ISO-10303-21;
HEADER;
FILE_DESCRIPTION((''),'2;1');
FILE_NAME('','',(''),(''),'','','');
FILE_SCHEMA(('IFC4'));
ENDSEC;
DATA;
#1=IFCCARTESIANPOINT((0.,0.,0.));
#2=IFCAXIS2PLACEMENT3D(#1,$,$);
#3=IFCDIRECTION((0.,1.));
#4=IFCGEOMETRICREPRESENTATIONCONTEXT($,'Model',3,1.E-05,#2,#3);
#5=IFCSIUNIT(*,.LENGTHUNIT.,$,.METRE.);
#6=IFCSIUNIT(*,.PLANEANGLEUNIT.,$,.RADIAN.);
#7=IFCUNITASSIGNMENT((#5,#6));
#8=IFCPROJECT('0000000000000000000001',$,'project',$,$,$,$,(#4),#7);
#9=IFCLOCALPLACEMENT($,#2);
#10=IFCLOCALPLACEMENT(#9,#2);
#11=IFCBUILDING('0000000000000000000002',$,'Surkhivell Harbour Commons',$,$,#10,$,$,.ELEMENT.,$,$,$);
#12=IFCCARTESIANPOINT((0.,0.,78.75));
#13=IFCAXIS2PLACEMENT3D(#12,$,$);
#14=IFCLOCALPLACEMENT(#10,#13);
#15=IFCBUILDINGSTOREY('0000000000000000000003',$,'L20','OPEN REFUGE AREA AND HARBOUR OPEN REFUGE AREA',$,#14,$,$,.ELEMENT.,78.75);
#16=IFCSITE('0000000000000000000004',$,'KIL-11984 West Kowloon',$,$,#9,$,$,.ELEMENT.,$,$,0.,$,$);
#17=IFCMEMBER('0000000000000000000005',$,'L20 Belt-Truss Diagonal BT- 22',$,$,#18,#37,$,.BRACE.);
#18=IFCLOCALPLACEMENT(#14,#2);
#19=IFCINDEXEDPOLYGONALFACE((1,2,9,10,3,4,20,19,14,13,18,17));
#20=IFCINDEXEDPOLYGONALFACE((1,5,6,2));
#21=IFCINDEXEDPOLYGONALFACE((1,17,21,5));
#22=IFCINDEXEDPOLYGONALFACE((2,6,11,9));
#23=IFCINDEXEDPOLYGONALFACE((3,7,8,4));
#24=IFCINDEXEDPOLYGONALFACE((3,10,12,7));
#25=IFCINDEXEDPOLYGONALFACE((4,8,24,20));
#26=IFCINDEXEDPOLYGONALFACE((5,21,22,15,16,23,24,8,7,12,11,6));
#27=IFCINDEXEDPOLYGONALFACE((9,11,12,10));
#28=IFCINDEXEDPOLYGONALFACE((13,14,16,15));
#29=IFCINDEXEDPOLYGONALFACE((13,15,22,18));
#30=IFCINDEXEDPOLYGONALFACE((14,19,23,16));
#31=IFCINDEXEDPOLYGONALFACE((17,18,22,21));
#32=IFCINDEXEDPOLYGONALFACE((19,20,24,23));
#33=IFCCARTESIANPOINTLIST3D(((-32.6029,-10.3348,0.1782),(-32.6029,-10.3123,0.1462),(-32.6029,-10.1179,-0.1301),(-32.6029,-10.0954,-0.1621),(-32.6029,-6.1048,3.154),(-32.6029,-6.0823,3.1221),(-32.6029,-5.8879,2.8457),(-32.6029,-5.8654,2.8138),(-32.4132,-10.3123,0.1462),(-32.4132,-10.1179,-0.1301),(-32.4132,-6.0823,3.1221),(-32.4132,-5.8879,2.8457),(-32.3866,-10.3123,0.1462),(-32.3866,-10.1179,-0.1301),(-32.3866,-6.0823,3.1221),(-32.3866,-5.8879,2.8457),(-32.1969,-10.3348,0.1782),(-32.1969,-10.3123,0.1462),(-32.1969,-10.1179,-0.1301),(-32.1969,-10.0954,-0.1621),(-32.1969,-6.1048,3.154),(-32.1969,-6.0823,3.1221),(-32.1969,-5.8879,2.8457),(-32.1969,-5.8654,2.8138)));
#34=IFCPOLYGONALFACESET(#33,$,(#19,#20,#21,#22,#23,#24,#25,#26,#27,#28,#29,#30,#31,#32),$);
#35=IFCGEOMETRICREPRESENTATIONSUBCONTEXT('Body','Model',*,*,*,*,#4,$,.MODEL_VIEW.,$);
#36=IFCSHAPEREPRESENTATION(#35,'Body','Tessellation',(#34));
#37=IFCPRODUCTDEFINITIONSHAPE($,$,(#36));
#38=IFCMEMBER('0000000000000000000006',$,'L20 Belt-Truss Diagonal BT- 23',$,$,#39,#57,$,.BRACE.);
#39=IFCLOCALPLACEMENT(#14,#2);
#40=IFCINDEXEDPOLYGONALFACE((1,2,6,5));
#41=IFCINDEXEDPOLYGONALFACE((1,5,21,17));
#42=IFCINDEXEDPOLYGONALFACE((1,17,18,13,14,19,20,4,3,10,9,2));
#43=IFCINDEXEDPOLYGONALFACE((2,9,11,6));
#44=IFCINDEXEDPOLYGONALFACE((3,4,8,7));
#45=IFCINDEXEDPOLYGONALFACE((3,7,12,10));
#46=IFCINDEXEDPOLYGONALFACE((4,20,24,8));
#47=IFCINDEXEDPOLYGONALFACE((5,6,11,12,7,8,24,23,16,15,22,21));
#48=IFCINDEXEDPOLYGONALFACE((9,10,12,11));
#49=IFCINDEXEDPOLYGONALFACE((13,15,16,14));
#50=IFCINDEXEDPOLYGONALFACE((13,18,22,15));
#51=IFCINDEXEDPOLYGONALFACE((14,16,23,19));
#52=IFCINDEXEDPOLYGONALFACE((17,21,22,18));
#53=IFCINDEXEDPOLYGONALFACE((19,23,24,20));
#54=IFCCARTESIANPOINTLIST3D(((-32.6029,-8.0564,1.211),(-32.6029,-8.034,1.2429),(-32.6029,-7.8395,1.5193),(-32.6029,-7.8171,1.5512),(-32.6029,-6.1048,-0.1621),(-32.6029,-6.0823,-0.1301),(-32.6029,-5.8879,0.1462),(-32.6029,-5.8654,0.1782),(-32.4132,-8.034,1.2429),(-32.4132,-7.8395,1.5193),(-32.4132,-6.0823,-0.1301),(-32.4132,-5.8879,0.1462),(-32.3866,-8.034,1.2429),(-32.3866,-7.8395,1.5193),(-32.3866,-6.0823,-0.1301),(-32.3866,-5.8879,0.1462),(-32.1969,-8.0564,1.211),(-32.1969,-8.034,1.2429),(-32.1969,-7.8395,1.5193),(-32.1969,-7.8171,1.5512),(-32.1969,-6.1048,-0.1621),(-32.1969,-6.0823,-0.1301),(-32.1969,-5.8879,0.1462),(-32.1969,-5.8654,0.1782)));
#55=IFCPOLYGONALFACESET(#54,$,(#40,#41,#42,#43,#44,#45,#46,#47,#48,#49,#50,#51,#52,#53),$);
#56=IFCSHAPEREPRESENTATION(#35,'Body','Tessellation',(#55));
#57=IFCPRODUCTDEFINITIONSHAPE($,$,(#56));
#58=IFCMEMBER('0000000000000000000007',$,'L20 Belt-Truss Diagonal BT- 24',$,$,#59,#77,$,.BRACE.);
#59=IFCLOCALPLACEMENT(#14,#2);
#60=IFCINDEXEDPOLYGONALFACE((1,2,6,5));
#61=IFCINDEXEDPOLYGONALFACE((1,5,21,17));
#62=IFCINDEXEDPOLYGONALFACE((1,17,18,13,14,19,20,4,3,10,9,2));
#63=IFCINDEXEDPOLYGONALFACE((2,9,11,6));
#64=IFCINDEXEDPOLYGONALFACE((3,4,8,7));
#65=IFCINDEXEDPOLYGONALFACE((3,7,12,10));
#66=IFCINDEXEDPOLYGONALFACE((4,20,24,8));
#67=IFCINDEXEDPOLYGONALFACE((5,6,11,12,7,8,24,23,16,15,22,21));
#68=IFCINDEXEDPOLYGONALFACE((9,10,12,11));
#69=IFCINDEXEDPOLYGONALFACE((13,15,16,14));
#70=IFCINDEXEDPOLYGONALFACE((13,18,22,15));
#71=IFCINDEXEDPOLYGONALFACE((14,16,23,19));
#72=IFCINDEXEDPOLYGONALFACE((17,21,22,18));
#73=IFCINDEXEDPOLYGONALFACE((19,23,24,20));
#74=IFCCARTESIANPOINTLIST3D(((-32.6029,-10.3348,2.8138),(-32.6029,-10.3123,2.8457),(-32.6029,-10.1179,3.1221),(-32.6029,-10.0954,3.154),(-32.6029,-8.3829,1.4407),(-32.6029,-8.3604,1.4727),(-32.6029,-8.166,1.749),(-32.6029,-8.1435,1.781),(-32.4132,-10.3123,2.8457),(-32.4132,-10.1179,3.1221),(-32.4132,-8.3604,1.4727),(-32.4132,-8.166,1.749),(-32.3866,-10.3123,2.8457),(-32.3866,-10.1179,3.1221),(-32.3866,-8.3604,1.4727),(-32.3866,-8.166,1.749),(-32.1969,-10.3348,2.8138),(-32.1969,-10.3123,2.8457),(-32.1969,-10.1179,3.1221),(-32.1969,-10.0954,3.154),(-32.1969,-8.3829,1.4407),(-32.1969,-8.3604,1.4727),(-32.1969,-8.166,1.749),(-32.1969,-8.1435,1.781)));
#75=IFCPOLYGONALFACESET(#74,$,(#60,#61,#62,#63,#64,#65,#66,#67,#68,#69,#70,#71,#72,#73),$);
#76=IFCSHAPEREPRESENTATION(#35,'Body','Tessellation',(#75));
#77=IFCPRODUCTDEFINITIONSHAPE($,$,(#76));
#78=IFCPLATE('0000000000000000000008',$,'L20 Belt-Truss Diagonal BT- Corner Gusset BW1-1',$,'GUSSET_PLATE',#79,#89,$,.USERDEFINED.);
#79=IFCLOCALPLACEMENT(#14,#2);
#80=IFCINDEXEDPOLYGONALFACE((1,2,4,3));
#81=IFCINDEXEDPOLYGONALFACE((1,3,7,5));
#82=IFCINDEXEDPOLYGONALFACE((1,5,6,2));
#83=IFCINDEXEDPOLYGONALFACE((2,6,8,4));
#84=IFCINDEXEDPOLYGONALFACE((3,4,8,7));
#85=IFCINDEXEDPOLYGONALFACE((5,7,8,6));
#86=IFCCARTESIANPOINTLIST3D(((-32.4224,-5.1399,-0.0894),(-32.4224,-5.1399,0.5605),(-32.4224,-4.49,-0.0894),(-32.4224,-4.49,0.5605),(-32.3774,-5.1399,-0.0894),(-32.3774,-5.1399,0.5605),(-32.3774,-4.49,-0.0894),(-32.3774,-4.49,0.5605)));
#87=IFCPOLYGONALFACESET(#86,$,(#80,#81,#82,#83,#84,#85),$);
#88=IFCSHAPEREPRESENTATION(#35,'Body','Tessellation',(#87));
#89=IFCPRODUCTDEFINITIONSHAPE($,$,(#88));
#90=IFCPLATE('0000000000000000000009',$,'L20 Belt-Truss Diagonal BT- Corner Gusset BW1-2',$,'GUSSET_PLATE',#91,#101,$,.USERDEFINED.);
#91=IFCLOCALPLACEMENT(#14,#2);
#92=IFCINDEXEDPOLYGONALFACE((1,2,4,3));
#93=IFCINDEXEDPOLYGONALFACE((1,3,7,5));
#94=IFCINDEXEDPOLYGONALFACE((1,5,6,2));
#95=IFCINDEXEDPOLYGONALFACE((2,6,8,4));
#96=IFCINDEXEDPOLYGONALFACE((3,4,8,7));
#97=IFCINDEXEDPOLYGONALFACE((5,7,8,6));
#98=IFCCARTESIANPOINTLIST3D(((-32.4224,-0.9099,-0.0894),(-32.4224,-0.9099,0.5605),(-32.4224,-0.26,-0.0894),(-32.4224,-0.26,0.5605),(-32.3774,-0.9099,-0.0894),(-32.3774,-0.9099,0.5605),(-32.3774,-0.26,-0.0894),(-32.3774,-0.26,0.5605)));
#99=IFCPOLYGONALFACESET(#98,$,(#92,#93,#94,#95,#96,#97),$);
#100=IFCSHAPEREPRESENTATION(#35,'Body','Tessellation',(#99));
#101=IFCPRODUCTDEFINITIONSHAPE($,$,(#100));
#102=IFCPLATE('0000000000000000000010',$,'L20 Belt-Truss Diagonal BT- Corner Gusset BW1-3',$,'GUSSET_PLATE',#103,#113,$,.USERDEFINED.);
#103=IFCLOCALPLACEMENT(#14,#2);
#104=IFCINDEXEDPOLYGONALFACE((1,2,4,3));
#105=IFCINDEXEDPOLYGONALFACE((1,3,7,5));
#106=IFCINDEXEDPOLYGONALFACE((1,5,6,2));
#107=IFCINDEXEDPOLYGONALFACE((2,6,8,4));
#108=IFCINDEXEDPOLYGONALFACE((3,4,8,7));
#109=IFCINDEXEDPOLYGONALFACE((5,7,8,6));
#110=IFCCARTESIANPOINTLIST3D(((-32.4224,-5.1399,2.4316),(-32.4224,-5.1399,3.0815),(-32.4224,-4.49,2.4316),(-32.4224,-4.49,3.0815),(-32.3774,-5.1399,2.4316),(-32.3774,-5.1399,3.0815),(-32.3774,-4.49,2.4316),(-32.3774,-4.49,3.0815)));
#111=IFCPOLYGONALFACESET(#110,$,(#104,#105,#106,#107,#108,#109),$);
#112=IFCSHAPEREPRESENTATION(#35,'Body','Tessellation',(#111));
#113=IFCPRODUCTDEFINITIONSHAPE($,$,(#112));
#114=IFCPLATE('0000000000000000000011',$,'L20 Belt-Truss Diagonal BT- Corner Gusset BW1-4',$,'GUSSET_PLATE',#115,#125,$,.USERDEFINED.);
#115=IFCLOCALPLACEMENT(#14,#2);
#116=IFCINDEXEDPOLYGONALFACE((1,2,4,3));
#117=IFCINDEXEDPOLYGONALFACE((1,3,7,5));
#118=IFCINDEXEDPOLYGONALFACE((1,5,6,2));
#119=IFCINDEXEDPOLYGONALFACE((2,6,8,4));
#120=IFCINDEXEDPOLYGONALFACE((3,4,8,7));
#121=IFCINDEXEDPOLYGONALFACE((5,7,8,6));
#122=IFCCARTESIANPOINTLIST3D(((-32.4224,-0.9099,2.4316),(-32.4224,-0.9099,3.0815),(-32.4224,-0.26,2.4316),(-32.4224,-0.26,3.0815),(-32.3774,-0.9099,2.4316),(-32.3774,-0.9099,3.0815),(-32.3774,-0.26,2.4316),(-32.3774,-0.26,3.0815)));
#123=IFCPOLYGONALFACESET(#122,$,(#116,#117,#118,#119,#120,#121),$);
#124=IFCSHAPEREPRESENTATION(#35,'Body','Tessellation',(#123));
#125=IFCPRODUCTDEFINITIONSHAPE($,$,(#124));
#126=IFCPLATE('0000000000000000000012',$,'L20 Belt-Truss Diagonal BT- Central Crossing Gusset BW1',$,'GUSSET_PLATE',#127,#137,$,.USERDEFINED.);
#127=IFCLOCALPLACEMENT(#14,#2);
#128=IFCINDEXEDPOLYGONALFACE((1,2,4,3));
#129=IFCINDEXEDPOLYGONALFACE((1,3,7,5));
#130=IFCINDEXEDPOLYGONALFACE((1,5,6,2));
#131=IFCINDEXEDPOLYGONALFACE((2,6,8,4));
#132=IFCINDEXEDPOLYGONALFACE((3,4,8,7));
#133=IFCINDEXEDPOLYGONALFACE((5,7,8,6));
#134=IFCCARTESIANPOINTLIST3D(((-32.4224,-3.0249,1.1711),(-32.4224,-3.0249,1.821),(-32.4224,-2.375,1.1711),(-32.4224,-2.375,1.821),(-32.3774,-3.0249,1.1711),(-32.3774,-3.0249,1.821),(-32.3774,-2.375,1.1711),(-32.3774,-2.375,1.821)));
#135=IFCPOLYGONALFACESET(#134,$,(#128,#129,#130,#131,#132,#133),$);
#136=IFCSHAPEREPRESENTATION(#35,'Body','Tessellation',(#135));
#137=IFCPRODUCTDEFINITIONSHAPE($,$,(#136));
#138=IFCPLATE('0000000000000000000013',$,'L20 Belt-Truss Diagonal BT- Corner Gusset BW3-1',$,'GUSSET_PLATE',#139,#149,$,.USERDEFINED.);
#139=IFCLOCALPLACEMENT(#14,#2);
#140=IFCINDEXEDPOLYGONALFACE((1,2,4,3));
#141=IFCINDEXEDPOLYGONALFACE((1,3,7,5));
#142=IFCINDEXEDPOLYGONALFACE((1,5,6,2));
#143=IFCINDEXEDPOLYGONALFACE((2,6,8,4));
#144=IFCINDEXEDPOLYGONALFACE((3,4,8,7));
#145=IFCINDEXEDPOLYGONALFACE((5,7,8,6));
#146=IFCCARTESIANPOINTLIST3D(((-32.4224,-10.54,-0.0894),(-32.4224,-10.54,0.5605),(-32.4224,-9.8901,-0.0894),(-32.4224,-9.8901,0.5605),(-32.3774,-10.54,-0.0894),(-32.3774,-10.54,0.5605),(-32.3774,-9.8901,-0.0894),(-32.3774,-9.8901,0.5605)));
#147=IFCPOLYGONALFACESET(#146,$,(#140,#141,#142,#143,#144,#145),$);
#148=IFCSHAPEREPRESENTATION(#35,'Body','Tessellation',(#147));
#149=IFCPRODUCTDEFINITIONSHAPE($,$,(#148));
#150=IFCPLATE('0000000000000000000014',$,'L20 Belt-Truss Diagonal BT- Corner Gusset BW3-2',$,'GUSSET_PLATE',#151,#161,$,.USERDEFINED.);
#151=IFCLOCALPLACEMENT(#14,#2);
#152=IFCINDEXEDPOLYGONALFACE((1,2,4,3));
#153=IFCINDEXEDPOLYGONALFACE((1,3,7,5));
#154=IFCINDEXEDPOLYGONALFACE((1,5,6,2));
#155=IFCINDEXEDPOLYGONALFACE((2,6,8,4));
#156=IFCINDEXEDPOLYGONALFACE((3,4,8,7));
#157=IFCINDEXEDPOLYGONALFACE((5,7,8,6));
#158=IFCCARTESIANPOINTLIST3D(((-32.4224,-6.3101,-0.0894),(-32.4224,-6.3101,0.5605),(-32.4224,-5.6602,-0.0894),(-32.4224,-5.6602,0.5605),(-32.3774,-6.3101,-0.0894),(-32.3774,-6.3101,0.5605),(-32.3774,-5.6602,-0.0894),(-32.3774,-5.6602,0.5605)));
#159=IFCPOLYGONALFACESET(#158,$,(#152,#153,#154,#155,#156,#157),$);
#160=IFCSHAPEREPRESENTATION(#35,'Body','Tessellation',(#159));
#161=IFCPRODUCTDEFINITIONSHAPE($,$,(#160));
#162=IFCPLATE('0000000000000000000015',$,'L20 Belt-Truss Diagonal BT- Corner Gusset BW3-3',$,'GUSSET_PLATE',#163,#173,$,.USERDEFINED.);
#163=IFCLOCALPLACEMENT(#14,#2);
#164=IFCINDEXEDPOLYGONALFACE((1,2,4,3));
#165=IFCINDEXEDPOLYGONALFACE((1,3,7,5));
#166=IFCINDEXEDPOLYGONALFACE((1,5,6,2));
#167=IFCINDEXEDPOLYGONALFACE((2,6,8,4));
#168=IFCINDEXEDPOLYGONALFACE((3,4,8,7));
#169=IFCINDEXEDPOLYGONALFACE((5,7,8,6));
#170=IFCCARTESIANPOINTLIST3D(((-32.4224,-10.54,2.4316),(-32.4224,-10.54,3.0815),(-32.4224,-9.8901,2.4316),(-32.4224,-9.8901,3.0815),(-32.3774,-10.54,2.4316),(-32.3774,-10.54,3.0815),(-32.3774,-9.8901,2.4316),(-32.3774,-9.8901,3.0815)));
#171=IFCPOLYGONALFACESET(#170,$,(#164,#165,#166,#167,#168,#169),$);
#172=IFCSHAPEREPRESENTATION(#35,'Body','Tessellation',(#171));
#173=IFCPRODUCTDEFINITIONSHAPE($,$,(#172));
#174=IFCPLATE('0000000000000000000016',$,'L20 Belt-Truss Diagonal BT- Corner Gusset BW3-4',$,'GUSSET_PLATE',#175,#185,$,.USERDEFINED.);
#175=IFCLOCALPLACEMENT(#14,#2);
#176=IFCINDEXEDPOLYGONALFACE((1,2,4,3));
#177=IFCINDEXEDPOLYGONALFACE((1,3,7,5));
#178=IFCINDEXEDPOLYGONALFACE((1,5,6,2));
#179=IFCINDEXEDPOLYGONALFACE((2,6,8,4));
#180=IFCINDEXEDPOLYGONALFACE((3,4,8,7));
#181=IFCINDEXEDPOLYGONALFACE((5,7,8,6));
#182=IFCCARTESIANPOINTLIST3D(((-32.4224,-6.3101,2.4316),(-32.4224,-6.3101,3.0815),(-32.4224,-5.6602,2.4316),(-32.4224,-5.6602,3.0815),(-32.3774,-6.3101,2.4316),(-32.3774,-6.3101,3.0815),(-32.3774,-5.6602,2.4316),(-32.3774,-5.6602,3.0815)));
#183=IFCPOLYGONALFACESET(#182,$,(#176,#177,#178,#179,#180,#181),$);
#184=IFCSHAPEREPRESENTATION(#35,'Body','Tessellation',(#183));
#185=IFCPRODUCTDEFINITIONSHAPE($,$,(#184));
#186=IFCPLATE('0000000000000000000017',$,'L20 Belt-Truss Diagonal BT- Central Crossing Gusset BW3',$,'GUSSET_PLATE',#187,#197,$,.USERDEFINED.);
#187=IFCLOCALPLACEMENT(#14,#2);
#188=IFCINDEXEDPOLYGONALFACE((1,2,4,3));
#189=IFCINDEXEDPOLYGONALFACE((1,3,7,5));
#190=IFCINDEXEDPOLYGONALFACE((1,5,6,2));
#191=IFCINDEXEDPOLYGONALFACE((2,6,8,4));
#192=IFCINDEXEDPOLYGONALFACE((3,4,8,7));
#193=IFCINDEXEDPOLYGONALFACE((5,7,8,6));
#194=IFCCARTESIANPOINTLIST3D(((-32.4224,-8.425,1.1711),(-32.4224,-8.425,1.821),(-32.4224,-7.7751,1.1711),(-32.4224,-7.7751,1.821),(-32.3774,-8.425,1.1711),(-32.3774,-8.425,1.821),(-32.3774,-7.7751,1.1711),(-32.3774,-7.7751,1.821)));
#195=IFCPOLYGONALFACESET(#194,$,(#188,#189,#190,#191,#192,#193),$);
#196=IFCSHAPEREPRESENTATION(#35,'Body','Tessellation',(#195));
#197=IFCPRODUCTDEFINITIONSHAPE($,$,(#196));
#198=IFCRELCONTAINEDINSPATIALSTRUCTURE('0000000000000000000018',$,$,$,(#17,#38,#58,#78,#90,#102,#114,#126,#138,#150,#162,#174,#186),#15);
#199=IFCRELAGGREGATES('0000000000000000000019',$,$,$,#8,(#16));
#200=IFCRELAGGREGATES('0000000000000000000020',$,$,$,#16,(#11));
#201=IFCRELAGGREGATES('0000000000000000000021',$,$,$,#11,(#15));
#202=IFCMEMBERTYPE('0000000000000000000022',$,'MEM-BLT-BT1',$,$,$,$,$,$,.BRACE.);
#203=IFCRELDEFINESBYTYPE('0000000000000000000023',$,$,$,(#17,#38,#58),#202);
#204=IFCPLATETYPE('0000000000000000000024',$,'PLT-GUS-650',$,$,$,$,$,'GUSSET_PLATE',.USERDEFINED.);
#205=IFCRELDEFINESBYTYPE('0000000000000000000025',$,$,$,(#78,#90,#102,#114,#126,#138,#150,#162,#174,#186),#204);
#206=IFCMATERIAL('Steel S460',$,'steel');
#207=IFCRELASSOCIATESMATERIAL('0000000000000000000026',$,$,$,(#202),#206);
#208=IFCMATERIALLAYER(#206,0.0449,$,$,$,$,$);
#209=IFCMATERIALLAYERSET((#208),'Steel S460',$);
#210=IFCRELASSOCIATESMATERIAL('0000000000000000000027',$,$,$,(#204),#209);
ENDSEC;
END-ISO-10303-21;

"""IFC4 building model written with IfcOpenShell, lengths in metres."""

from ifc_helpers import new_model, si_unit, direction, frame, origin, origin_2d, place, context, subcontext, project, spatial, rectangle, i_section, extrude, material, layer, layer_set, material_profile, profile_set, type_object, element, save


model = new_model("IFC4")

# Units and contexts
model_context = context("Model", 3, precision=1e-05, world=origin(), true_north=direction((0.0, 1.0)))
body_context = subcontext(model_context, "Body", "Model", "MODEL_VIEW")
ifc_project = project(units=[si_unit("LENGTHUNIT", "METRE"), si_unit("PLANEANGLEUNIT", "RADIAN")], contexts=[model_context])

# Site, building, storey
site_placement = place(None, origin())
site = spatial("IfcSite", under=ifc_project, at=site_placement, Name="KIL-11984 West Kowloon", CompositionType="ELEMENT", RefElevation=0.0)
building_placement = place(site_placement, origin())
building = spatial("IfcBuilding", under=site, at=building_placement, Name="Surkhivell Harbour Commons", CompositionType="ELEMENT")
storey_placement = place(building_placement, frame((0.0, 0.0, 78.75)))
storey = spatial("IfcBuildingStorey", under=building, at=storey_placement, Name="L20", Description="OPEN REFUGE AREA AND HARBOUR OPEN REFUGE AREA", CompositionType="ELEMENT", Elevation=78.75)

# Shared definitions
ifc_material_1 = material(Name="Steel S460", Category="steel")

# Members
ifc_material_profile_1 = material_profile(ifc_material_1, i_section(OverallWidth=0.406, OverallDepth=0.416, WebThickness=0.0266, FlangeThickness=0.0391, at=origin_2d()), Name="HD400x382")
ifc_profile_set_1 = profile_set([ifc_material_profile_1], Name="Steel S460")
member_type = type_object("IfcMemberType", Name="MEM-BLT-BT1", PredefinedType="BRACE", material=ifc_profile_set_1)
member_1_placement = place(storey_placement, frame((-32.3999, -10.2151, 0.0081), z_axis=(0.0, 0.817881, 0.575387), x_axis=(-1.0, 0.0, 0.0)))
element("IfcMember", 1, at=member_1_placement, inside=storey, type_object=member_type, Name="L20 Belt-Truss Diagonal BT- 22", PredefinedType="BRACE", context=body_context, shape_type="SweptSolid", body=[
    extrude(i_section(OverallWidth=0.406, OverallDepth=0.416, WebThickness=0.0266, FlangeThickness=0.0391, at=origin_2d()), origin(), (0.0, 0.0, 1.0), 5.1719),
])
member_2_placement = place(storey_placement, frame((-32.3999, -5.9851, 0.0081), z_axis=(0.0, -0.817874, 0.575397), x_axis=(1.0, 0.0, 0.0)))
element("IfcMember", 2, at=member_2_placement, inside=storey, type_object=member_type, Name="L20 Belt-Truss Diagonal BT- 23", PredefinedType="BRACE", context=body_context, shape_type="SweptSolid", body=[
    extrude(i_section(OverallWidth=0.406, OverallDepth=0.416, WebThickness=0.0266, FlangeThickness=0.0391, at=origin_2d()), origin(), (0.0, 0.0, 1.0), 2.3862),
])
member_3_placement = place(storey_placement, frame((-32.3999, -8.2632, 1.6108), z_axis=(0.0, -0.817908, 0.575349), x_axis=(1.0, 0.0, 0.0)))
element("IfcMember", 3, at=member_3_placement, inside=storey, type_object=member_type, Name="L20 Belt-Truss Diagonal BT- 24", PredefinedType="BRACE", context=body_context, shape_type="SweptSolid", body=[
    extrude(i_section(OverallWidth=0.406, OverallDepth=0.416, WebThickness=0.0266, FlangeThickness=0.0391, at=origin_2d()), origin(), (0.0, 0.0, 1.0), 2.3865),
])

# Plates
ifc_layer = layer(ifc_material_1, 0.0449)
ifc_layer_set = layer_set([ifc_layer], Name="Steel S460")
plate_type = type_object("IfcPlateType", Name="PLT-GUS-650", ElementType="GUSSET_PLATE", PredefinedType="USERDEFINED", material=ifc_layer_set)
for number, where, z_axis, x_axis, name in (
    (4, (-32.3999, -4.8149, -0.0894), (0.0, 0.0, 1.0), (0.0, 1.0, 0.0), "L20 Belt-Truss Diagonal BT- Corner Gusset BW1-1"),
    (5, (-32.3999, -0.585, -0.0894), (0.0, 0.0, 1.0), (0.0, 1.0, 0.0), "L20 Belt-Truss Diagonal BT- Corner Gusset BW1-2"),
    (6, (-32.3999, -4.8149, 2.4316), (0.0, 0.0, 1.0), (0.0, 1.0, 0.0), "L20 Belt-Truss Diagonal BT- Corner Gusset BW1-3"),
    (7, (-32.3999, -0.585, 2.4316), (0.0, 0.0, 1.0), (0.0, 1.0, 0.0), "L20 Belt-Truss Diagonal BT- Corner Gusset BW1-4"),
    (8, (-32.3999, -2.7, 1.1711), (0.0, 0.0, 1.0), (0.0, 1.0, 0.0), "L20 Belt-Truss Diagonal BT- Central Crossing Gusset BW1"),
    (9, (-32.3999, -10.2151, -0.0894), (0.0, 0.0, 1.0), (0.0, 1.0, 0.0), "L20 Belt-Truss Diagonal BT- Corner Gusset BW3-1"),
    (10, (-32.3999, -5.9851, -0.0894), (0.0, 0.0, 1.0), (0.0, 1.0, 0.0), "L20 Belt-Truss Diagonal BT- Corner Gusset BW3-2"),
    (11, (-32.3999, -10.2151, 2.4316), (0.0, 0.0, 1.0), (0.0, 1.0, 0.0), "L20 Belt-Truss Diagonal BT- Corner Gusset BW3-3"),
    (12, (-32.3999, -5.9851, 2.4316), (0.0, 0.0, 1.0), (0.0, 1.0, 0.0), "L20 Belt-Truss Diagonal BT- Corner Gusset BW3-4"),
    (13, (-32.3999, -8.1001, 1.1711), (0.0, 0.0, 1.0), (0.0, 1.0, 0.0), "L20 Belt-Truss Diagonal BT- Central Crossing Gusset BW3"),
):
    element("IfcPlate", number, at=place(storey_placement, frame(where, z_axis=z_axis, x_axis=x_axis)), inside=storey, type_object=plate_type, Name=name, ObjectType="GUSSET_PLATE", PredefinedType="USERDEFINED", context=body_context, shape_type="SweptSolid", body=[
        extrude(rectangle(XDim=0.6499, YDim=0.0449, at=origin_2d()), origin(), (0.0, 0.0, 1.0), 0.6499),
    ])

save(model, "model.ifc")
